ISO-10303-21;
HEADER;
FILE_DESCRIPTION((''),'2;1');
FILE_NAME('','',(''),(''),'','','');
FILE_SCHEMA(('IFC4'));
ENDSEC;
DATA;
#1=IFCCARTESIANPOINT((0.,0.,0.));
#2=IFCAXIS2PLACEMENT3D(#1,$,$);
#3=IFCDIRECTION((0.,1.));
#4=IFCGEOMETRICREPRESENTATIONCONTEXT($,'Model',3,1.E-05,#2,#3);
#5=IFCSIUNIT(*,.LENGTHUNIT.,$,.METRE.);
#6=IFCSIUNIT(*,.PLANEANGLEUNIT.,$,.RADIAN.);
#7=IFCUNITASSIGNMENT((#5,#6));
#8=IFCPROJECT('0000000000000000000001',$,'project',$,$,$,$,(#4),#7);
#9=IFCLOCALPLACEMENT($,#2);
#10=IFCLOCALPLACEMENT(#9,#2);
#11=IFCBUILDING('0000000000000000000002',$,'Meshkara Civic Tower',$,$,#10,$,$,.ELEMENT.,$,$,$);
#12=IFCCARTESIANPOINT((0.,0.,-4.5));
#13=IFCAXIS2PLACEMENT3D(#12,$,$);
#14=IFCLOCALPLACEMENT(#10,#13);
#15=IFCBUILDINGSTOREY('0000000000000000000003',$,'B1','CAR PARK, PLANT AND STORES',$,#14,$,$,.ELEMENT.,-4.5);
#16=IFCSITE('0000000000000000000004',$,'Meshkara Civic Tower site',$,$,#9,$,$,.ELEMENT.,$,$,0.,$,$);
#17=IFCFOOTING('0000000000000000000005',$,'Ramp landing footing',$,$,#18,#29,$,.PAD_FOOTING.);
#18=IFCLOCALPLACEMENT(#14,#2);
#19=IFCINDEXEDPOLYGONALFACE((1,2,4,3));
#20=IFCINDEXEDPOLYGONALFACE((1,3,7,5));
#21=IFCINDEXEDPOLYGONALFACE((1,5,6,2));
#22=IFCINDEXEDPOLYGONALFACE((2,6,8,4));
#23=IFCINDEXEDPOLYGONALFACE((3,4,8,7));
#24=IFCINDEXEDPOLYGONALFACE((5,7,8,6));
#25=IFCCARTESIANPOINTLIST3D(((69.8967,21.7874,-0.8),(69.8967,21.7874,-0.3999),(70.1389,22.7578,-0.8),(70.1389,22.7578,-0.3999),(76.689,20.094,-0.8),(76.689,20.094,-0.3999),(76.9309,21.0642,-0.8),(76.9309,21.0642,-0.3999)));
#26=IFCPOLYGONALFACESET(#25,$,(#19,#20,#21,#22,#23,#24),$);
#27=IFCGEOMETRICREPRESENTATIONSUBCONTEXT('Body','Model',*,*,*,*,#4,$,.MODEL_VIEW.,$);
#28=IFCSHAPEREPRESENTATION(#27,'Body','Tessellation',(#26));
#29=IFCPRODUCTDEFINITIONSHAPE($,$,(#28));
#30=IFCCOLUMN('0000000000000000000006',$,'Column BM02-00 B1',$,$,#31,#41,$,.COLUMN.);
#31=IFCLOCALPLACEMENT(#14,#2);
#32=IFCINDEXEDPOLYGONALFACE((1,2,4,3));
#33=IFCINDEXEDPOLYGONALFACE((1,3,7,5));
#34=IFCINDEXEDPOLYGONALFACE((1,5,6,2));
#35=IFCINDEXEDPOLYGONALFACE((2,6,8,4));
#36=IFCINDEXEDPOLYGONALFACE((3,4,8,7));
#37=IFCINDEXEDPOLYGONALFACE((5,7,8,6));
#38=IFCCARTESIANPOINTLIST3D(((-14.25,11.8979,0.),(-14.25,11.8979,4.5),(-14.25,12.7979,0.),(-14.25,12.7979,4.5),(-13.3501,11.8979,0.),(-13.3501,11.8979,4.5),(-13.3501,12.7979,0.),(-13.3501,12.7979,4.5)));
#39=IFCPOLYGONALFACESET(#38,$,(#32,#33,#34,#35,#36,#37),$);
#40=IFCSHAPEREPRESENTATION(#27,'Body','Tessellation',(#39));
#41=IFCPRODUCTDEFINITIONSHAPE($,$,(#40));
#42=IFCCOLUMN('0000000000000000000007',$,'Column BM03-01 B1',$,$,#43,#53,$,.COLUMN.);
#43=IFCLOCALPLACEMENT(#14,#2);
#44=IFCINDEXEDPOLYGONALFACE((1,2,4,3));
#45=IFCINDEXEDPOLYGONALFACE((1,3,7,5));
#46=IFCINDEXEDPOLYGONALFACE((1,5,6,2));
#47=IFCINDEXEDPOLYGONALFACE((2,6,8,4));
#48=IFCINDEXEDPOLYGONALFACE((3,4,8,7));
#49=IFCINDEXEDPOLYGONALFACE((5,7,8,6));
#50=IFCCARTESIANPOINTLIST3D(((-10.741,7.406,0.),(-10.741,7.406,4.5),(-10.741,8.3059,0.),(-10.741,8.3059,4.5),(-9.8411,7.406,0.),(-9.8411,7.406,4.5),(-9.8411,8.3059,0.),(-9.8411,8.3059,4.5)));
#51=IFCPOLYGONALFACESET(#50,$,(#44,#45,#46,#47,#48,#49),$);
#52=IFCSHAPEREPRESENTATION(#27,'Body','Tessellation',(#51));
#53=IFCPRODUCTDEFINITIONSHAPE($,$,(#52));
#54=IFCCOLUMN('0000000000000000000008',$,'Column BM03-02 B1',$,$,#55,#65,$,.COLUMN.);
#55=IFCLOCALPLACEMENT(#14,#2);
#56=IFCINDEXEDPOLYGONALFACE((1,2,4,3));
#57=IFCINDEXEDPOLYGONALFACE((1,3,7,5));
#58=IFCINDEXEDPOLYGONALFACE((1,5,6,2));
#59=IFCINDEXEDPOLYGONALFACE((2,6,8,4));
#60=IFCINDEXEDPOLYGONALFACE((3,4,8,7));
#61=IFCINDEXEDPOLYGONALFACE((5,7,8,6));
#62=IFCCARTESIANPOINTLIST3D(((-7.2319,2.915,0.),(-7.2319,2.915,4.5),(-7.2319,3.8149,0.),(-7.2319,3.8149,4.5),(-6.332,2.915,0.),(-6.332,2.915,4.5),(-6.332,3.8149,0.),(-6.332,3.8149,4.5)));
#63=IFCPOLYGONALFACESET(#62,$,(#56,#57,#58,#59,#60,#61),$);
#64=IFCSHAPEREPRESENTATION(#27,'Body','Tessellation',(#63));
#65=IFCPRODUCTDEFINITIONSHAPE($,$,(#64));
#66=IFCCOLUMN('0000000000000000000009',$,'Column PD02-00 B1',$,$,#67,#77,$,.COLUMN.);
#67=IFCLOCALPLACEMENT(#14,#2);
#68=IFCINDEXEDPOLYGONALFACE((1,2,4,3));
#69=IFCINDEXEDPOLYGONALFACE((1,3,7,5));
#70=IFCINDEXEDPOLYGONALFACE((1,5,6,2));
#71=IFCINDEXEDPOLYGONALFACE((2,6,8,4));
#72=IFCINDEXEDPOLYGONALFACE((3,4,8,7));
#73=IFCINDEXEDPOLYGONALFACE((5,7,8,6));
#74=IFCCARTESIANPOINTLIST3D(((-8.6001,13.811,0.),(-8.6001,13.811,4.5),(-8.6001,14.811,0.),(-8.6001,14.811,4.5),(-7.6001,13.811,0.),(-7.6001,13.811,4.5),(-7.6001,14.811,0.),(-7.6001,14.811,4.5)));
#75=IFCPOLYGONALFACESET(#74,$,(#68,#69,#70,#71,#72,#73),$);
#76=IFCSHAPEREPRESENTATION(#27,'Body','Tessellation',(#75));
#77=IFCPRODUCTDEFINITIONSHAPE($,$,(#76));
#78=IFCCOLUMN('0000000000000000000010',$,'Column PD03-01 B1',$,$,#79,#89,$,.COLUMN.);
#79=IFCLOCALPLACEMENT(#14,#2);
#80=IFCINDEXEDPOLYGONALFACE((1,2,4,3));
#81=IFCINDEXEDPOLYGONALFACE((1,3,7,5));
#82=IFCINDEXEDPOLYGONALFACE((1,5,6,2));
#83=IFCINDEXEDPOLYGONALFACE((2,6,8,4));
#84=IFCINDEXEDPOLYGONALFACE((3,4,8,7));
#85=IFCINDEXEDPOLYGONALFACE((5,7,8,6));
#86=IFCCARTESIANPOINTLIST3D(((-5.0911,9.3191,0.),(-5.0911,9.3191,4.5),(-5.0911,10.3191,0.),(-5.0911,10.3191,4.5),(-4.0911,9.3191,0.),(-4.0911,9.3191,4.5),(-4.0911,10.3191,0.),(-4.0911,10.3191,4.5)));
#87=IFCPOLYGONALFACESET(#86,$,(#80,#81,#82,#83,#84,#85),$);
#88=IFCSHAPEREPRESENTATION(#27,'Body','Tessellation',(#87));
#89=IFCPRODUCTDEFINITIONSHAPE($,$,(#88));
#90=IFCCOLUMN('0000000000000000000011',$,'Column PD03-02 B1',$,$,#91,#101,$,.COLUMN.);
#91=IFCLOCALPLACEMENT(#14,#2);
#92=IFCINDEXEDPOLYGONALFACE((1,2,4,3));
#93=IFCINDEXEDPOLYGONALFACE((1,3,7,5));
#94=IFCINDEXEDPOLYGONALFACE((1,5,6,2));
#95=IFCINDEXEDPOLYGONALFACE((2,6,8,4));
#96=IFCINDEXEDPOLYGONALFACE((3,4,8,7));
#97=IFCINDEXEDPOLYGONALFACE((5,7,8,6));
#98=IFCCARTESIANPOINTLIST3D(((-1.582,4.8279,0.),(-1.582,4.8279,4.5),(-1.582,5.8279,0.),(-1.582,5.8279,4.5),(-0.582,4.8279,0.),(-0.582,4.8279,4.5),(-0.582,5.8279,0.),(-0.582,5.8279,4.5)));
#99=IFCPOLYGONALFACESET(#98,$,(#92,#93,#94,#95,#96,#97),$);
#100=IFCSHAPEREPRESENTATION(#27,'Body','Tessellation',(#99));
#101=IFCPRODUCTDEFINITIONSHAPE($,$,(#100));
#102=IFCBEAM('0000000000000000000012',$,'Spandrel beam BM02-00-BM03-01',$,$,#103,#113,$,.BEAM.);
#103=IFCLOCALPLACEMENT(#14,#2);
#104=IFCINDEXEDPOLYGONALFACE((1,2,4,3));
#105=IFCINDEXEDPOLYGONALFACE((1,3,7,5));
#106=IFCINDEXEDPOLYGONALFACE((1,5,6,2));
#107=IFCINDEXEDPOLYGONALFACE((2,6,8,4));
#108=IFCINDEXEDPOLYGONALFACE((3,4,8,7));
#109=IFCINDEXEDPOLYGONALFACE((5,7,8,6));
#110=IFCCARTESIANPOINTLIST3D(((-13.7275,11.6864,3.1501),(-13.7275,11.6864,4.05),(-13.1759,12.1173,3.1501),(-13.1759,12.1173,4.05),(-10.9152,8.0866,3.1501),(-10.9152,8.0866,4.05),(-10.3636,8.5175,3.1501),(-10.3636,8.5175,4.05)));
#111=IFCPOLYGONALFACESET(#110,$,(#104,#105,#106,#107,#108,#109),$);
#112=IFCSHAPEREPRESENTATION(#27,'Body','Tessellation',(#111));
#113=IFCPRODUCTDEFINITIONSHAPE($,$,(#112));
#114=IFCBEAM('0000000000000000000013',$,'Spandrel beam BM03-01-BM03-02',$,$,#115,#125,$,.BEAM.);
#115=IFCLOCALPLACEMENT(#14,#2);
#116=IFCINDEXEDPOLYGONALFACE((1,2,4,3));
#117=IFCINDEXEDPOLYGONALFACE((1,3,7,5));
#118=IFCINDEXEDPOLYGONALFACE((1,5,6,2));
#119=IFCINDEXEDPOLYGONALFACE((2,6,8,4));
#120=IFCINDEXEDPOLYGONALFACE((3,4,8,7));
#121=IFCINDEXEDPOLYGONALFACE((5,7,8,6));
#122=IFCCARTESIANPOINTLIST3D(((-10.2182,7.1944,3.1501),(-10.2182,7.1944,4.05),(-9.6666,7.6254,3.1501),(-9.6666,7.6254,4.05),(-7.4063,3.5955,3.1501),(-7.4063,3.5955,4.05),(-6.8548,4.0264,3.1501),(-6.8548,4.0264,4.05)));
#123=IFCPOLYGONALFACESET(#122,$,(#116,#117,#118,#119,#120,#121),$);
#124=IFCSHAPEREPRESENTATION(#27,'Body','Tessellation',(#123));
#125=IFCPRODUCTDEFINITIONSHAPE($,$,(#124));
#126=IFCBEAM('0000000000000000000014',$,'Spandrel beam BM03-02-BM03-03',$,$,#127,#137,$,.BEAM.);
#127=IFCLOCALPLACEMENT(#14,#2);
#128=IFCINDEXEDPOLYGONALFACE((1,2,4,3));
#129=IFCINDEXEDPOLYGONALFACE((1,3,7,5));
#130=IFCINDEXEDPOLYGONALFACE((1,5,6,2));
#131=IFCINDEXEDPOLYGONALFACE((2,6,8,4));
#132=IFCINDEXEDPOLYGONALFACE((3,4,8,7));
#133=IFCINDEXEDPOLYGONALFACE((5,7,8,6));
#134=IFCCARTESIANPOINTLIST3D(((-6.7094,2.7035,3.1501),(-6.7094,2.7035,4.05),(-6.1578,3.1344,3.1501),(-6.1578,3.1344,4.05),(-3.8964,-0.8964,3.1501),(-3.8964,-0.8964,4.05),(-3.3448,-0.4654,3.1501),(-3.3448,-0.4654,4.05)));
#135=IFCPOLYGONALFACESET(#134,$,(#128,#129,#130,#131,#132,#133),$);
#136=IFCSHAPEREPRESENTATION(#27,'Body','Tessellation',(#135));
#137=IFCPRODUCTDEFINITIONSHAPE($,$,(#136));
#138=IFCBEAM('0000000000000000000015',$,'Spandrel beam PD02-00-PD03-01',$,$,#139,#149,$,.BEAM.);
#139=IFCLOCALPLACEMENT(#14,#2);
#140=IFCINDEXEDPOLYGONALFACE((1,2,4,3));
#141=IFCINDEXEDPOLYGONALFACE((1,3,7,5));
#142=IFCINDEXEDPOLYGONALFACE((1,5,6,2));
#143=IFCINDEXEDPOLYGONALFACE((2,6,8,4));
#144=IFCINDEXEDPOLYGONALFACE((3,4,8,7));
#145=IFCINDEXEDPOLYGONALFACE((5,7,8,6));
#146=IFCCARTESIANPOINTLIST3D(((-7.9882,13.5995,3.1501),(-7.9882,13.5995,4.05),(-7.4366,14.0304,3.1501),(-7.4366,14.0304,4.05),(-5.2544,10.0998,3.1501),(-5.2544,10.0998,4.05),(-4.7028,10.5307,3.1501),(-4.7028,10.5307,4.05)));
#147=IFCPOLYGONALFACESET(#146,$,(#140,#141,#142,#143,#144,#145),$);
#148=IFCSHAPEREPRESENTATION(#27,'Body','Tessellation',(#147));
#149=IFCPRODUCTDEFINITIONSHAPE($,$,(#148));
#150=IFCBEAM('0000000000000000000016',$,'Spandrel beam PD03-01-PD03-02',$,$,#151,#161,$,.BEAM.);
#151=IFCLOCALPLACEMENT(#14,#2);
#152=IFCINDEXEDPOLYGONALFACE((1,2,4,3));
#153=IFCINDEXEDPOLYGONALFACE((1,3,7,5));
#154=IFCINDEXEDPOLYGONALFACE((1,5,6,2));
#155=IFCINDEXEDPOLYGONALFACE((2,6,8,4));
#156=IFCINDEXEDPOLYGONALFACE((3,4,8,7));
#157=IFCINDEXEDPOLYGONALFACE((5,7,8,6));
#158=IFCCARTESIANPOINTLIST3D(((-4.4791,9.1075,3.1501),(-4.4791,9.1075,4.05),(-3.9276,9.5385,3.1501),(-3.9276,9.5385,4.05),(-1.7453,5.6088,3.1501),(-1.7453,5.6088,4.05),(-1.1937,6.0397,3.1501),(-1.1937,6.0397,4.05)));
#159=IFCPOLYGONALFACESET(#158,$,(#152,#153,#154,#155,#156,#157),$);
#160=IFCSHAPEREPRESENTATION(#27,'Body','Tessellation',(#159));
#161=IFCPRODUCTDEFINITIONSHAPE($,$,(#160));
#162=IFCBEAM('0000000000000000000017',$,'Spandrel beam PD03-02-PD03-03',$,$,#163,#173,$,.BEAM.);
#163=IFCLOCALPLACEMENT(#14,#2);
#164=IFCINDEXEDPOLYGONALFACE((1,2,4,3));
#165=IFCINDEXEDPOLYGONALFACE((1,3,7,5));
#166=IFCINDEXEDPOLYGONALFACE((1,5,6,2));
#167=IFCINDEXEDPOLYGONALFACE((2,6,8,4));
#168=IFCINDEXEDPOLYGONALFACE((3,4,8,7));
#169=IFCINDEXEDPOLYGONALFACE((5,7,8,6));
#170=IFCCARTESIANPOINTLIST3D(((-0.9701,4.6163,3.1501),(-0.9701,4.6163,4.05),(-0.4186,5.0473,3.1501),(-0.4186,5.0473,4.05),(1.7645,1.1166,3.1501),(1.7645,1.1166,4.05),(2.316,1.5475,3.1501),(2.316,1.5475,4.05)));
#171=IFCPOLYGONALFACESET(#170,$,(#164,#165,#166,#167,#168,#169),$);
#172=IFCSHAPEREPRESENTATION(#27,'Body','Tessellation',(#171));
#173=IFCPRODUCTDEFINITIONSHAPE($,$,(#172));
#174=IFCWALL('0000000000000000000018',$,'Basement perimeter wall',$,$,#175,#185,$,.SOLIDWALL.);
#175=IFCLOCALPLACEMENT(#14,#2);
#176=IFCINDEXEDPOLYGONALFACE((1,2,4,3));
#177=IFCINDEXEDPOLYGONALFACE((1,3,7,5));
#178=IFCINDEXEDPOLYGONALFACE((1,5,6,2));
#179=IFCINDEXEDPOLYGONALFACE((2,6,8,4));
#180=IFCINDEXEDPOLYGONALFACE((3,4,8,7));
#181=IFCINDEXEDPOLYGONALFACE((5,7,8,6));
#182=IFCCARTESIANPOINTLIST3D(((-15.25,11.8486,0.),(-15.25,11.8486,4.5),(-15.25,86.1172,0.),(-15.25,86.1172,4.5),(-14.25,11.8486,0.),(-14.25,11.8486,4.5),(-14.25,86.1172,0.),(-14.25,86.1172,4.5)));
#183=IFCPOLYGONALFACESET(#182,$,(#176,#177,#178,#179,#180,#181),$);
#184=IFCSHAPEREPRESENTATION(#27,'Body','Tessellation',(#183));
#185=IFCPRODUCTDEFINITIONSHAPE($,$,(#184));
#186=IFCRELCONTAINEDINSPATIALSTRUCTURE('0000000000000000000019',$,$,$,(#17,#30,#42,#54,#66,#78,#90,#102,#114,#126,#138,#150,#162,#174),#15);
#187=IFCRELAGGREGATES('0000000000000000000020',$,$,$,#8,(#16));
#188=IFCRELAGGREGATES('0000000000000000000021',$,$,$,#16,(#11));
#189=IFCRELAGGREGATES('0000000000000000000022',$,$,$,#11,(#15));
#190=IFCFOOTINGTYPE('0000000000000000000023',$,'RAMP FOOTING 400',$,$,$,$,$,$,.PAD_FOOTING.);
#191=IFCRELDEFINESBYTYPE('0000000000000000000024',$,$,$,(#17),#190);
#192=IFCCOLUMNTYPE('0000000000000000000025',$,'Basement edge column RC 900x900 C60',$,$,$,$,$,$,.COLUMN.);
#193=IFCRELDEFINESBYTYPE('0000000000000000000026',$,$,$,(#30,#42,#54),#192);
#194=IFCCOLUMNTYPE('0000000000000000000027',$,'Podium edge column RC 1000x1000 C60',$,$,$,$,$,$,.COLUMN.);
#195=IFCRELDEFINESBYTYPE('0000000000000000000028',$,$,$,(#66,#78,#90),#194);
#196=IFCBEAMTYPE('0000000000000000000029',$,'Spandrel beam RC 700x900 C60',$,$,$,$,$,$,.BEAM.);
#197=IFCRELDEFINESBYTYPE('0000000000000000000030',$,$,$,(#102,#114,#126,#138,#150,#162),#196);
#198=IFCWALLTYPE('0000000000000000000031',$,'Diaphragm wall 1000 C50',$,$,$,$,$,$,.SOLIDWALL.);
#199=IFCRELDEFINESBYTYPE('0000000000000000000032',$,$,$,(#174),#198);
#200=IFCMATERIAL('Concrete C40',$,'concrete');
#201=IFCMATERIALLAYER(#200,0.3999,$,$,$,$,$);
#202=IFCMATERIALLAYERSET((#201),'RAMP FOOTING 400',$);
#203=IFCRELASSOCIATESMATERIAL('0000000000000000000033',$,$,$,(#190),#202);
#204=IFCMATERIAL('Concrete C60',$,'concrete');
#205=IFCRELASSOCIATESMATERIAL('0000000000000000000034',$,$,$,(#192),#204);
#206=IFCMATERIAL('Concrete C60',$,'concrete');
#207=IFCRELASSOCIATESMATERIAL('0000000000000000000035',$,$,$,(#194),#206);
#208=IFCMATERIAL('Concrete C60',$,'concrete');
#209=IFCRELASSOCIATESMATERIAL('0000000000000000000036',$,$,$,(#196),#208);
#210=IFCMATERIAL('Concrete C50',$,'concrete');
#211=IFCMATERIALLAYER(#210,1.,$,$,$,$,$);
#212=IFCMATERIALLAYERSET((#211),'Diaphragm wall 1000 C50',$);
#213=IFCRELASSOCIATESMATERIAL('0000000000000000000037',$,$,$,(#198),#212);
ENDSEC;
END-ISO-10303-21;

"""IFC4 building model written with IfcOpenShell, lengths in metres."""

from ifc_helpers import new_model, si_unit, direction, frame, frame_2d, origin, origin_2d, place, context, subcontext, project, spatial, polyline, rectangle, outline, extrude, material, layer, layer_set, material_profile, profile_set, type_object, element, save


model = new_model("IFC4")

# Units and contexts
model_context = context("Model", 3, precision=1e-05, world=origin(), true_north=direction((0.0, 1.0)))
body_context = subcontext(model_context, "Body", "Model", "MODEL_VIEW")
ifc_project = project(units=[si_unit("LENGTHUNIT", "METRE"), si_unit("PLANEANGLEUNIT", "RADIAN")], contexts=[model_context])

# Site, building, storey
site_placement = place(None, origin())
site = spatial("IfcSite", under=ifc_project, at=site_placement, Name="Meshkara Civic Tower site", CompositionType="ELEMENT", RefElevation=0.0)
building_placement = place(site_placement, origin())
building = spatial("IfcBuilding", under=site, at=building_placement, Name="Meshkara Civic Tower", CompositionType="ELEMENT")
storey_placement = place(building_placement, frame((0.0, 0.0, -4.5)))
storey = spatial("IfcBuildingStorey", under=building, at=storey_placement, Name="B1", Description="CAR PARK, PLANT AND STORES", CompositionType="ELEMENT", Elevation=-4.5)

# Footing
ifc_material_1 = material(Name="Concrete C40", Category="concrete")
ifc_layer_1 = layer(ifc_material_1, 0.3999)
ifc_layer_set_1 = layer_set([ifc_layer_1], Name="RAMP FOOTING 400")
footing_type = type_object("IfcFootingType", Name="RAMP FOOTING 400", PredefinedType="PAD_FOOTING", material=ifc_layer_set_1)
footing_placement = place(storey_placement, frame((0.0, 0.0, -0.8)))
element("IfcFooting", 1, at=footing_placement, inside=storey, type_object=footing_type, Name="Ramp landing footing", PredefinedType="PAD_FOOTING", context=body_context, shape_type="SweptSolid", body=[
    extrude(outline(polyline([(76.689, 20.094), (76.9309, 21.0642), (70.1389, 22.7578), (69.8967, 21.7874), (76.689, 20.094)])), origin(), (0.0, 0.0, 1.0), 0.4001),
])

# Columns
ifc_material_2 = material(Name="Concrete C60", Category="concrete")
ifc_material_profile_1 = material_profile(ifc_material_2, rectangle(XDim=0.8999, YDim=0.8999, at=origin_2d()))
ifc_profile_set_1 = profile_set([ifc_material_profile_1], Name="Concrete C60")
column_type_1 = type_object("IfcColumnType", Name="Basement edge column RC 900x900 C60", PredefinedType="COLUMN", material=ifc_profile_set_1)
for number, where, z_axis, x_axis, name in (
    (2, (-13.8, 12.3479, 0.0), (0.0, 0.0, 1.0), (1.0, 0.0, 0.0), "Column BM02-00 B1"),
    (3, (-10.291, 7.856, 0.0), (0.0, 0.0, 1.0), (1.0, 0.0, 0.0), "Column BM03-01 B1"),
    (4, (-6.782, 3.365, 0.0), (0.0, 0.0, 1.0), (1.0, 0.0, 0.0), "Column BM03-02 B1"),
):
    element("IfcColumn", number, at=place(storey_placement, frame(where, z_axis=z_axis, x_axis=x_axis)), inside=storey, type_object=column_type_1, Name=name, PredefinedType="COLUMN", context=body_context, shape_type="SweptSolid", body=[
        extrude(rectangle(XDim=0.8999, YDim=0.8999, at=origin_2d()), origin(), (0.0, 0.0, 1.0), 4.5),
    ])
ifc_material_3 = material(Name="Concrete C60", Category="concrete")
ifc_material_profile_2 = material_profile(ifc_material_3, rectangle(XDim=1.0, YDim=1.0, at=origin_2d()))
ifc_profile_set_2 = profile_set([ifc_material_profile_2], Name="Concrete C60")
column_type_2 = type_object("IfcColumnType", Name="Podium edge column RC 1000x1000 C60", PredefinedType="COLUMN", material=ifc_profile_set_2)
for number, where, z_axis, x_axis, name in (
    (5, (-8.1001, 14.311, 0.0), (0.0, 0.0, 1.0), (1.0, 0.0, 0.0), "Column PD02-00 B1"),
    (6, (-4.5911, 9.8191, 0.0), (0.0, 0.0, 1.0), (1.0, 0.0, 0.0), "Column PD03-01 B1"),
    (7, (-1.082, 5.3279, 0.0), (0.0, 0.0, 1.0), (1.0, 0.0, 0.0), "Column PD03-02 B1"),
):
    element("IfcColumn", number, at=place(storey_placement, frame(where, z_axis=z_axis, x_axis=x_axis)), inside=storey, type_object=column_type_2, Name=name, PredefinedType="COLUMN", context=body_context, shape_type="SweptSolid", body=[
        extrude(rectangle(XDim=1.0, YDim=1.0, at=origin_2d()), origin(), (0.0, 0.0, 1.0), 4.5),
    ])

# Beams
ifc_material_4 = material(Name="Concrete C60", Category="concrete")
ifc_material_profile_3 = material_profile(ifc_material_4, rectangle(XDim=0.7, YDim=0.8999, at=origin_2d()))
ifc_profile_set_3 = profile_set([ifc_material_profile_3], Name="Concrete C60")
beam_type = type_object("IfcBeamType", Name="Spandrel beam RC 700x900 C60", PredefinedType="BEAM", material=ifc_profile_set_3)
beam_1_placement = place(storey_placement, frame((-13.4517, 11.9019, 3.6001), z_axis=(0.615626, -0.788038, 0.0), x_axis=(0.788038, 0.615626, 0.0)))
element("IfcBeam", 8, at=beam_1_placement, inside=storey, type_object=beam_type, Name="Spandrel beam BM02-00-BM03-01", PredefinedType="BEAM", context=body_context, shape_type="SweptSolid", body=[
    extrude(rectangle(XDim=0.7, YDim=0.8999, at=origin_2d()), origin(), (0.0, 0.0, 1.0), 4.5681),
])
beam_2_placement = place(storey_placement, frame((-9.9424, 7.4099, 3.6001), z_axis=(0.615664, -0.788009, 0.0), x_axis=(0.788009, 0.615664, 0.0)))
element("IfcBeam", 9, at=beam_2_placement, inside=storey, type_object=beam_type, Name="Spandrel beam BM03-01-BM03-02", PredefinedType="BEAM", context=body_context, shape_type="SweptSolid", body=[
    extrude(rectangle(XDim=0.7, YDim=0.8999, at=origin_2d()), origin(), (0.0, 0.0, 1.0), 4.5671),
])
beam_3_placement = place(storey_placement, frame((-6.4336, 2.9189, 3.6001), z_axis=(0.615726, -0.78796, 0.0), x_axis=(0.78796, 0.615726, 0.0)))
element("IfcBeam", 10, at=beam_3_placement, inside=storey, type_object=beam_type, Name="Spandrel beam BM03-02-BM03-03", PredefinedType="BEAM", context=body_context, shape_type="SweptSolid", body=[
    extrude(rectangle(XDim=0.7, YDim=0.8999, at=origin_2d()), origin(), (0.0, 0.0, 1.0), 4.5686),
])
beam_4_placement = place(storey_placement, frame((-7.7124, 13.8149, 3.6001), z_axis=(0.615602, -0.788057, 0.0), x_axis=(0.788057, 0.615602, 0.0)))
element("IfcBeam", 11, at=beam_4_placement, inside=storey, type_object=beam_type, Name="Spandrel beam PD02-00-PD03-01", PredefinedType="BEAM", context=body_context, shape_type="SweptSolid", body=[
    extrude(rectangle(XDim=0.7, YDim=0.8999, at=origin_2d()), origin(), (0.0, 0.0, 1.0), 4.4409),
])
beam_5_placement = place(storey_placement, frame((-4.2034, 9.323, 3.6001), z_axis=(0.615709, -0.787974, 0.0), x_axis=(0.787974, 0.615709, 0.0)))
element("IfcBeam", 12, at=beam_5_placement, inside=storey, type_object=beam_type, Name="Spandrel beam PD03-01-PD03-02", PredefinedType="BEAM", context=body_context, shape_type="SweptSolid", body=[
    extrude(rectangle(XDim=0.7, YDim=0.8999, at=origin_2d()), origin(), (0.0, 0.0, 1.0), 4.4402),
])
beam_6_placement = place(storey_placement, frame((-0.6943, 4.8318, 3.6001), z_axis=(0.615705, -0.787977, 0.0), x_axis=(0.787977, 0.615705, 0.0)))
element("IfcBeam", 13, at=beam_6_placement, inside=storey, type_object=beam_type, Name="Spandrel beam PD03-02-PD03-03", PredefinedType="BEAM", context=body_context, shape_type="SweptSolid", body=[
    extrude(rectangle(XDim=0.7, YDim=0.8999, at=origin_2d()), origin(), (0.0, 0.0, 1.0), 4.4414),
])

# Wall
ifc_material_5 = material(Name="Concrete C50", Category="concrete")
ifc_layer_2 = layer(ifc_material_5, 1.0)
ifc_layer_set_2 = layer_set([ifc_layer_2], Name="Diaphragm wall 1000 C50")
wall_type_1 = type_object("IfcWallType", Name="Diaphragm wall 1000 C50", PredefinedType="SOLIDWALL", material=ifc_layer_set_2)
wall_1_placement = place(storey_placement, frame((-14.75, 11.8486, 0.0), z_axis=(0.0, 0.0, 1.0), x_axis=(0.0, 1.0, 0.0)))
element("IfcWall", 14, at=wall_1_placement, inside=storey, type_object=wall_type_1, Name="Basement perimeter wall", PredefinedType="SOLIDWALL", context=body_context, shape_type="SweptSolid", body=[
    extrude(rectangle(XDim=74.2686, YDim=1.0, at=frame_2d((37.1343, 0.0))), origin(), (0.0, 0.0, 1.0), 4.5),
])

save(model, "model.ifc")
